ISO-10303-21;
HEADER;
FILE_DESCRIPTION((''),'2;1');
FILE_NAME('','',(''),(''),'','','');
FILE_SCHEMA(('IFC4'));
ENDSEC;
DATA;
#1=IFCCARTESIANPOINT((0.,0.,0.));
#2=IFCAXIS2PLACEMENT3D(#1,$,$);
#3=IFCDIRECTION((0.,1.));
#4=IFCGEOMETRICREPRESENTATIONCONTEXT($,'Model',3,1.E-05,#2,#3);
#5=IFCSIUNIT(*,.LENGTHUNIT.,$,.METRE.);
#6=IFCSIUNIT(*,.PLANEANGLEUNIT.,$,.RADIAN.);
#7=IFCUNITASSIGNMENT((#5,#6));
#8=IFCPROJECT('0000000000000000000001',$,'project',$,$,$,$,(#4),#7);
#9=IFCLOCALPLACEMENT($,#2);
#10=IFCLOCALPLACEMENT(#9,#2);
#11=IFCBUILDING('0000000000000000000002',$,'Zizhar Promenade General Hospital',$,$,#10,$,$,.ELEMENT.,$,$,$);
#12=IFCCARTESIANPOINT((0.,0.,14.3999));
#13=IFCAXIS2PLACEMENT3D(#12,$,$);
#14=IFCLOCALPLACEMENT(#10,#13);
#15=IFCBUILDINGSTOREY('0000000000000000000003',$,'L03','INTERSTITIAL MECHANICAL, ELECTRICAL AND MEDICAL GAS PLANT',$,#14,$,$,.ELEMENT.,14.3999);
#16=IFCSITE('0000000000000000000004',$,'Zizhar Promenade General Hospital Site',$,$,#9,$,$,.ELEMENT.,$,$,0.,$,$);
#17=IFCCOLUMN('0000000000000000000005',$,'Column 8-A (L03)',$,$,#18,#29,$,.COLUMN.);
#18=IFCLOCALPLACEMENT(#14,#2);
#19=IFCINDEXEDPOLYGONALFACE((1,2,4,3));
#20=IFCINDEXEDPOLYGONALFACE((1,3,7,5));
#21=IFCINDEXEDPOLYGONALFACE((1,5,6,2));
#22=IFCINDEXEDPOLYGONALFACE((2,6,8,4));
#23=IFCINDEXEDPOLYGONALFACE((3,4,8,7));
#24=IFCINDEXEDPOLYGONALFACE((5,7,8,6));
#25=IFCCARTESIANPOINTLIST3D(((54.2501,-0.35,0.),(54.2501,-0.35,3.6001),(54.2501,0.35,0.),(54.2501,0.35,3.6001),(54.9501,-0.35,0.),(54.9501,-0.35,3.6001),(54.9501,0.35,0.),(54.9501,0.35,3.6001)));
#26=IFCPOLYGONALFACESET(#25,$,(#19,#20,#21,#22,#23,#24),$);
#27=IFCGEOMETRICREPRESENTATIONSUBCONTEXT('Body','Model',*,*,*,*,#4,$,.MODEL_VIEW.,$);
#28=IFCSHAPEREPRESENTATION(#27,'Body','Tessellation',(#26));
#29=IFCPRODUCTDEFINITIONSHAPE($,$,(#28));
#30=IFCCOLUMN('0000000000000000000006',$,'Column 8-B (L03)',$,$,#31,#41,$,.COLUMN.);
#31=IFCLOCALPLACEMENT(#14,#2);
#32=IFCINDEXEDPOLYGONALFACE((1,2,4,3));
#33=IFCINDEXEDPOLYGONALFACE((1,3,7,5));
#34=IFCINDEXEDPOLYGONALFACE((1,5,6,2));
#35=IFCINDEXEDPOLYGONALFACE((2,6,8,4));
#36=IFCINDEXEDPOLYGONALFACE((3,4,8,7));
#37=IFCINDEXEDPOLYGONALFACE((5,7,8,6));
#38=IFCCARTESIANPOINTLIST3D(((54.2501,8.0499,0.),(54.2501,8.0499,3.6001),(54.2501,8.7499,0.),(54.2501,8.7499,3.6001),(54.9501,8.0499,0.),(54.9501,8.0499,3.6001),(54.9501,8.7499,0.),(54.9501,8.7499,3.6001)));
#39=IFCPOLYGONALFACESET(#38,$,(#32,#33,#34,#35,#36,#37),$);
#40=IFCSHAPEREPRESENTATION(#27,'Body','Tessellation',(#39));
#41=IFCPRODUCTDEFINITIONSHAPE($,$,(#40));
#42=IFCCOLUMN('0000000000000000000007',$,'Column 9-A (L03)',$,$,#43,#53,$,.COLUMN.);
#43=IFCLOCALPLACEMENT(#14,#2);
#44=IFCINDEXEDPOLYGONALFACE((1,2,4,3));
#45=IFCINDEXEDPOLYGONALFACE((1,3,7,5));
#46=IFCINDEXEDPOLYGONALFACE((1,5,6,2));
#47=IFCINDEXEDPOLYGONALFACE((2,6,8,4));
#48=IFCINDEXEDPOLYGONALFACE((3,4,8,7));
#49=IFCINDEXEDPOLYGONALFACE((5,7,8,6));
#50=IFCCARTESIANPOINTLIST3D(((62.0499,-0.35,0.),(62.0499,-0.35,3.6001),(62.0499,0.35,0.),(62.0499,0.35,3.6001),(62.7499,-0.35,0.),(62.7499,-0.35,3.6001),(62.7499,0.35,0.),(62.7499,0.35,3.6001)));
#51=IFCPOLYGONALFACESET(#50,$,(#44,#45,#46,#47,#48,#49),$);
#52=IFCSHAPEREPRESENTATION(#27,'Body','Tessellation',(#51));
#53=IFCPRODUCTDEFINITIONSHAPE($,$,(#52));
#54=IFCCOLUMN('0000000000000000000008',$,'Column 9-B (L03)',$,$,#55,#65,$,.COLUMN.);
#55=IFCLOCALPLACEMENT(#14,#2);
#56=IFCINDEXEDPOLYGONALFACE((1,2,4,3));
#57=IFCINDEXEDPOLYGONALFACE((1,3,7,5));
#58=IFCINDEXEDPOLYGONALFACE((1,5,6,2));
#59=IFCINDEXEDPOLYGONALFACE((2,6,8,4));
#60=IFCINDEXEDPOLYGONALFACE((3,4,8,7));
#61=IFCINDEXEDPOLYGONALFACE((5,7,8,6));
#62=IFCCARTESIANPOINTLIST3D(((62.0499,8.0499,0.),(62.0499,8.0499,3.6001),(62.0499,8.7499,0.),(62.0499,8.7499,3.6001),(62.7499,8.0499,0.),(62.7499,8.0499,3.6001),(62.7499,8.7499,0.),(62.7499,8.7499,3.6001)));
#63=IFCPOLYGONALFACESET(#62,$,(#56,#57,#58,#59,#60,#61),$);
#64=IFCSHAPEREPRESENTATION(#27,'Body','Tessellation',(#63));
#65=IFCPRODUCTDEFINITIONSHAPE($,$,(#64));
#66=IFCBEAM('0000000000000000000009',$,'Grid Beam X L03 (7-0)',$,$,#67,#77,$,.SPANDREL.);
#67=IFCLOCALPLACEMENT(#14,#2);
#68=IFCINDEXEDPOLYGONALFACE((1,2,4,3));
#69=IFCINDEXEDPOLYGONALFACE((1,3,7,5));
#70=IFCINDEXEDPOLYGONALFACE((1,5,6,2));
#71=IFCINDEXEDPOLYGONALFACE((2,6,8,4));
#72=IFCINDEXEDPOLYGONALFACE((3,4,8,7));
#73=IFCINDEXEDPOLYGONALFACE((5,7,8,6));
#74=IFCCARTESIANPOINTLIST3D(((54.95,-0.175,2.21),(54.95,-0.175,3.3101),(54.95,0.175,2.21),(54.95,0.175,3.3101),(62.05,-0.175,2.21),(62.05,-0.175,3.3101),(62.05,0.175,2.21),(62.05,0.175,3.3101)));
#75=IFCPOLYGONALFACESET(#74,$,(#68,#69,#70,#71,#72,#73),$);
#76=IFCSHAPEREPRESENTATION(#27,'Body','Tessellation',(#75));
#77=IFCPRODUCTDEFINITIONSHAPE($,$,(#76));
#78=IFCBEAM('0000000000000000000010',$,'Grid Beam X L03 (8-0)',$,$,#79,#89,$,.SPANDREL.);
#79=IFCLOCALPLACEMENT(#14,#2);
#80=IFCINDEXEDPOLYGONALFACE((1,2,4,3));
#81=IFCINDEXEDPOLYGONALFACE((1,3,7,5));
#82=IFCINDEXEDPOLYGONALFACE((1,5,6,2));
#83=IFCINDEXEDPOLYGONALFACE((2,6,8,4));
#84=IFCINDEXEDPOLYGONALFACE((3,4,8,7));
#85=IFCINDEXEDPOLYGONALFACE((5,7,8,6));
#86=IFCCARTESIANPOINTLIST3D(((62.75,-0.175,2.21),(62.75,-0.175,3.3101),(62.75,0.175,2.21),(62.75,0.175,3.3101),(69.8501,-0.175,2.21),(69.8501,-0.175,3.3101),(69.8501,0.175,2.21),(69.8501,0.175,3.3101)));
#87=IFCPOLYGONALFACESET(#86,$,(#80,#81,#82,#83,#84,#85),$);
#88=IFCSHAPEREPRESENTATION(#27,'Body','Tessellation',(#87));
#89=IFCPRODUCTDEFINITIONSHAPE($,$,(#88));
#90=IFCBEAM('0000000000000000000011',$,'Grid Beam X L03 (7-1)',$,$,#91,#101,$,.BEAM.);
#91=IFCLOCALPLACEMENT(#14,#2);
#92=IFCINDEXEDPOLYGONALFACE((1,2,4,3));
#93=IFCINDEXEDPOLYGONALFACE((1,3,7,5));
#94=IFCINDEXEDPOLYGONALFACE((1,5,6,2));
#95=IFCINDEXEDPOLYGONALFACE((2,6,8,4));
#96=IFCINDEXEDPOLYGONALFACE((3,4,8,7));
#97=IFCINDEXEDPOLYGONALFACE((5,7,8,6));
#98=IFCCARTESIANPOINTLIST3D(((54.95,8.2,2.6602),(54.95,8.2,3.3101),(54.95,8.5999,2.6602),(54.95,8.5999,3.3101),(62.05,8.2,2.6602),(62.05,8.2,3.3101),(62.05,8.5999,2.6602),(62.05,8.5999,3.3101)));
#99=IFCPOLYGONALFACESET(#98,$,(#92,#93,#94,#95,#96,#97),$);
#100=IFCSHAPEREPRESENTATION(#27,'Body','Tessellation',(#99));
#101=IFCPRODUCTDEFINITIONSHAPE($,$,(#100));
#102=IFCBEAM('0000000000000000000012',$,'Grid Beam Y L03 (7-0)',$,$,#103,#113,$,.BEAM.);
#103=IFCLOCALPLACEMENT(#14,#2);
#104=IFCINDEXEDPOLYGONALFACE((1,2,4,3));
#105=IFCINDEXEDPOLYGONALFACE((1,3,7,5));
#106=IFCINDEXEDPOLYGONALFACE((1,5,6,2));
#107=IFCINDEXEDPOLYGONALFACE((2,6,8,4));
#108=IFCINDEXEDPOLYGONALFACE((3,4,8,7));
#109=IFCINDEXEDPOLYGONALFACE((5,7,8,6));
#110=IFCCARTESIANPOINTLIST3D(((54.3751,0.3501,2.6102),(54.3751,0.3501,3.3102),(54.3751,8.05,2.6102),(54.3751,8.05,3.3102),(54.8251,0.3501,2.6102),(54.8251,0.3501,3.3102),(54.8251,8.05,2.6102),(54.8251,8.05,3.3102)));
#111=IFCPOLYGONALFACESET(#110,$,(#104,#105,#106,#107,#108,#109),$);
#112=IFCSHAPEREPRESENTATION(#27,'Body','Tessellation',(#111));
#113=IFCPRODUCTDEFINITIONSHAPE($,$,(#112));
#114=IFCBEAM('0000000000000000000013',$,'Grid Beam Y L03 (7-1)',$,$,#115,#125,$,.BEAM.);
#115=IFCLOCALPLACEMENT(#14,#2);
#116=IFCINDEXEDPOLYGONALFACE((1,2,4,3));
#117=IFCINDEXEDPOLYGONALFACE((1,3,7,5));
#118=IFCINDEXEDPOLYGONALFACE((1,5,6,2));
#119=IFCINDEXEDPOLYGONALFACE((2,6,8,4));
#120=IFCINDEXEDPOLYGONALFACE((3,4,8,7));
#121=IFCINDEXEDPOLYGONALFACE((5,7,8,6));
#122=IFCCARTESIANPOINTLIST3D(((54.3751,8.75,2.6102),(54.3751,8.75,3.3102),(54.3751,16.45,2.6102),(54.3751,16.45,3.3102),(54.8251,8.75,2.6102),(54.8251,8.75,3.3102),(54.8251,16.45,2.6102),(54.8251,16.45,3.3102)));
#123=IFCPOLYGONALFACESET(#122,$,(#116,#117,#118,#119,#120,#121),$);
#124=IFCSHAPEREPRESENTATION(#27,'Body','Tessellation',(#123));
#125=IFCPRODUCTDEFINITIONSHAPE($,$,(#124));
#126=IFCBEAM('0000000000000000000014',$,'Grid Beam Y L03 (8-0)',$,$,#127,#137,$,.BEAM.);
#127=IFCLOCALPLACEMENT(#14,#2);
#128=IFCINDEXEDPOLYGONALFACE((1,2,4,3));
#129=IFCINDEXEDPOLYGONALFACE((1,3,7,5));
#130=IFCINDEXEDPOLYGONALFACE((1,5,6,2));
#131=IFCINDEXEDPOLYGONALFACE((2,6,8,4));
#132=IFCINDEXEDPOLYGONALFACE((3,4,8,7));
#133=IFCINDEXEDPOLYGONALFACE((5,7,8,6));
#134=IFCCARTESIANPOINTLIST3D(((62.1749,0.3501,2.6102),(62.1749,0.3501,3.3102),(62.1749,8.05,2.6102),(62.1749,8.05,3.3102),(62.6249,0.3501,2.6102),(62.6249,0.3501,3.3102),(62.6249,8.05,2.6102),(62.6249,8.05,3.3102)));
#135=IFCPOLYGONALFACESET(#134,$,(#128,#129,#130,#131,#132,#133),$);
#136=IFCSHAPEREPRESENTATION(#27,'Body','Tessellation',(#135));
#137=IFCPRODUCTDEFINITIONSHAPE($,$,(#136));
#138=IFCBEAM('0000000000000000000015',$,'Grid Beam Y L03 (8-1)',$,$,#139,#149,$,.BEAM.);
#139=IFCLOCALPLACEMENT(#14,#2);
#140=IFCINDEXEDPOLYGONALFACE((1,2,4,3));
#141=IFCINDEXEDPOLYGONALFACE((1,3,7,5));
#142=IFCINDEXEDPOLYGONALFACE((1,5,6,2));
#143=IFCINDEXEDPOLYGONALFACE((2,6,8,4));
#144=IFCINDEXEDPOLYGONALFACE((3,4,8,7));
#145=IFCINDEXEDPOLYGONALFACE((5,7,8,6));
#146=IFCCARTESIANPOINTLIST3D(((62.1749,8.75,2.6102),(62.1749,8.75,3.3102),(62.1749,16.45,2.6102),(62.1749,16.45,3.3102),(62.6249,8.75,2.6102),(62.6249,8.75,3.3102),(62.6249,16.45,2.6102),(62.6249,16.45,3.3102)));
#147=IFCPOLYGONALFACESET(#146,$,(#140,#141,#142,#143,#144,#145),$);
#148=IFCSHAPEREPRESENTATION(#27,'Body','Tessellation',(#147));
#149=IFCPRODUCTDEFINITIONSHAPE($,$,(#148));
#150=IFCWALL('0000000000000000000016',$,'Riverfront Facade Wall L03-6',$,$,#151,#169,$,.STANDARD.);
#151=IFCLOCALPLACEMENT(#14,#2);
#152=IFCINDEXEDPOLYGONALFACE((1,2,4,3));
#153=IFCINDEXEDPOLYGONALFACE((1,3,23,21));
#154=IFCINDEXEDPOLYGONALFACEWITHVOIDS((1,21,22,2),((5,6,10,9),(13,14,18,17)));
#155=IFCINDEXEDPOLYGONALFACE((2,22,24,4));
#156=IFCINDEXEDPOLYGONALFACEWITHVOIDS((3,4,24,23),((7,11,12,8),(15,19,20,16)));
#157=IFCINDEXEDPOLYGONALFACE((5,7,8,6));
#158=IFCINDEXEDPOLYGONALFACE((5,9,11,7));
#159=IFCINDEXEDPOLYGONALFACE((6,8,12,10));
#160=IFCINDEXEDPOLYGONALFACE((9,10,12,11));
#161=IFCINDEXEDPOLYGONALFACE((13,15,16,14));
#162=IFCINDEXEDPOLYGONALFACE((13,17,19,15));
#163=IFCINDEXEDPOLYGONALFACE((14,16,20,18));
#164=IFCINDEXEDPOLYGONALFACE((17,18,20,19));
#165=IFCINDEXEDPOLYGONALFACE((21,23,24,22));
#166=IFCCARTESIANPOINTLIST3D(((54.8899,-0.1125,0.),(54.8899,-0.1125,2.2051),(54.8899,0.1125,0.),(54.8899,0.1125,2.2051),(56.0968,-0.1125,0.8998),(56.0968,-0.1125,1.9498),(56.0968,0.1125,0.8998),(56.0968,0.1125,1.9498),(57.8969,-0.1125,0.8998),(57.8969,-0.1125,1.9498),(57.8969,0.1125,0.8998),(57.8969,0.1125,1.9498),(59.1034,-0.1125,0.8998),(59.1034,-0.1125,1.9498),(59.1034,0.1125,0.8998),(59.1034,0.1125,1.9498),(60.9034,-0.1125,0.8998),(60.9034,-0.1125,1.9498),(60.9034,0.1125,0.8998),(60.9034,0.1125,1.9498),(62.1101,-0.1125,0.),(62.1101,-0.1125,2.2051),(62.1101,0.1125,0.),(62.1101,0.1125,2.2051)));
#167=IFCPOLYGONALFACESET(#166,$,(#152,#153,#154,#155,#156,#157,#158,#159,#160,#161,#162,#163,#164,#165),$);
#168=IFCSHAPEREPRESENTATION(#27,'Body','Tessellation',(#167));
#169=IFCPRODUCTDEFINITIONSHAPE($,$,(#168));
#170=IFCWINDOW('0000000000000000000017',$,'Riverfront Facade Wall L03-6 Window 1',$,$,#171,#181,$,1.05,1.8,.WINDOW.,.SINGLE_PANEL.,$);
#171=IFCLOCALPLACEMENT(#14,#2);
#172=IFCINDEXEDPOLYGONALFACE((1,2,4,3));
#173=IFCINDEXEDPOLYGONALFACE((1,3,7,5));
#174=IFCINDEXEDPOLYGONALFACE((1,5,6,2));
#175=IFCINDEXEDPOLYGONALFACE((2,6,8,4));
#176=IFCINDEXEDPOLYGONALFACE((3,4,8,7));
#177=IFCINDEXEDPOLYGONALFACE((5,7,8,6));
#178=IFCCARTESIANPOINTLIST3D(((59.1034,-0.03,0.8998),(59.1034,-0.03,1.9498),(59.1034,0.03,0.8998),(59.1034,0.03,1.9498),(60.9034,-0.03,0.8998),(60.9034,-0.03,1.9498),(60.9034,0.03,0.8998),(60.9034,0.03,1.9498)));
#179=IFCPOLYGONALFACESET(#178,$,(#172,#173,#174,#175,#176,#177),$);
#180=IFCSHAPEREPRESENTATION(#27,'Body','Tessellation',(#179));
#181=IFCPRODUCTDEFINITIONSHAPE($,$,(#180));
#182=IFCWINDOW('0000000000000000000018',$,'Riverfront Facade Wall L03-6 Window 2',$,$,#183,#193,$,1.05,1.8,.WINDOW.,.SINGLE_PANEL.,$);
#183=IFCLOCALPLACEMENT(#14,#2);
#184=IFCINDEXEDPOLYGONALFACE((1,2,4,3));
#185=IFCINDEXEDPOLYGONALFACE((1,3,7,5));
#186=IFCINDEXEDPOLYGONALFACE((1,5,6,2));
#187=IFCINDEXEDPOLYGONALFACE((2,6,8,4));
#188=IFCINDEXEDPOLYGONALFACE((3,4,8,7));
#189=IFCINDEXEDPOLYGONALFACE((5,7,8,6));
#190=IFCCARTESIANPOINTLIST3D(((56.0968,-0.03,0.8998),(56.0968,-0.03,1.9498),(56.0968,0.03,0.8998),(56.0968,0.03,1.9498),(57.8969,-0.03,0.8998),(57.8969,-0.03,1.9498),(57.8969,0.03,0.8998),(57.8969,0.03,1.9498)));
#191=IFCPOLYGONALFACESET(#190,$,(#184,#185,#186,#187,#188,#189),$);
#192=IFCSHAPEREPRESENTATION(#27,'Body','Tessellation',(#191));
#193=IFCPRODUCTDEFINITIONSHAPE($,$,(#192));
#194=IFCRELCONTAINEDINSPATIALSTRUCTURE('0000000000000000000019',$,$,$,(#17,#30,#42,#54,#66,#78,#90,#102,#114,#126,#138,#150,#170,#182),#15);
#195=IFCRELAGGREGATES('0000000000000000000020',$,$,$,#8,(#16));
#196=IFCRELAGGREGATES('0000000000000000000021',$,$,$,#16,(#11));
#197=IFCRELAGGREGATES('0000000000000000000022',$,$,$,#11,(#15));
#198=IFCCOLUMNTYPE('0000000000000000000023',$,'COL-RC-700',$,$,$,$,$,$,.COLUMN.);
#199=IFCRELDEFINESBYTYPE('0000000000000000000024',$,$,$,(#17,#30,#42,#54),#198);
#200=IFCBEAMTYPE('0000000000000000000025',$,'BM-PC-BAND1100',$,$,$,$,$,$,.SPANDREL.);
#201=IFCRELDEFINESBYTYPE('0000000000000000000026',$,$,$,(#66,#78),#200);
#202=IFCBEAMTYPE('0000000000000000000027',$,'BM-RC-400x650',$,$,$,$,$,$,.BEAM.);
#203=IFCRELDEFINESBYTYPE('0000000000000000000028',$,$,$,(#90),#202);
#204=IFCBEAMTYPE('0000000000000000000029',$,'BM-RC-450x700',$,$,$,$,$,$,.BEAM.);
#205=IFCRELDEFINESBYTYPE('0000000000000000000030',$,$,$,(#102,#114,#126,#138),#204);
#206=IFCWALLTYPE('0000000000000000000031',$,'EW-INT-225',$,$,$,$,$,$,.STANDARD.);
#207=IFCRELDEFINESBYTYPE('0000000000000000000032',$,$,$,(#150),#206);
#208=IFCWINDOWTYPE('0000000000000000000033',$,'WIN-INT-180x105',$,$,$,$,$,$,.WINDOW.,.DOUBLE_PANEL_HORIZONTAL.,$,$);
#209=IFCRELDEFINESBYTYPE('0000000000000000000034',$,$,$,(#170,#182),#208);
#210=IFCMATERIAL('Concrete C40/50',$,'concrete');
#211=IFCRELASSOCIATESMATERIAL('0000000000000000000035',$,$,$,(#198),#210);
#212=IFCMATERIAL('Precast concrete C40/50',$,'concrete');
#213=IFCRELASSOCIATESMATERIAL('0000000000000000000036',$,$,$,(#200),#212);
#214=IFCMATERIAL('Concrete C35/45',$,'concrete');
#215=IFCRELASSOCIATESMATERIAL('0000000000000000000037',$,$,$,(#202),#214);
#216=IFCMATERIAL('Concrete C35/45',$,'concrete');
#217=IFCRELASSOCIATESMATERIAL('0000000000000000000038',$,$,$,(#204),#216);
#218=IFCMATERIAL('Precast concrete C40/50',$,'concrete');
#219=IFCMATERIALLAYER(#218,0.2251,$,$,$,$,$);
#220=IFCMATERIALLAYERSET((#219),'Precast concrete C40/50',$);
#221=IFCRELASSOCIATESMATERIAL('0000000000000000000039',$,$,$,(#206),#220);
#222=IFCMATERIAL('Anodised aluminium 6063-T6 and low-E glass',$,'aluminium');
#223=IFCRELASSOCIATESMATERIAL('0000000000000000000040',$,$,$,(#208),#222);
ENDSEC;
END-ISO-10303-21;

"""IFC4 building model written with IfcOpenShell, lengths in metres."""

from ifc_helpers import new_model, si_unit, direction, frame, frame_2d, origin, origin_2d, place, context, subcontext, project, spatial, rectangle, extrude, material, layer, layer_set, material_profile, profile_set, type_object, element, fill, save


model = new_model("IFC4")

# Units and contexts
model_context = context("Model", 3, precision=1e-05, world=origin(), true_north=direction((0.0, 1.0)))
body_context = subcontext(model_context, "Body", "Model", "MODEL_VIEW")
ifc_project = project(units=[si_unit("LENGTHUNIT", "METRE"), si_unit("PLANEANGLEUNIT", "RADIAN")], contexts=[model_context])

# Site, building, storey
site_placement = place(None, origin())
site = spatial("IfcSite", under=ifc_project, at=site_placement, Name="Zizhar Promenade General Hospital Site", CompositionType="ELEMENT", RefElevation=0.0)
building_placement = place(site_placement, origin())
building = spatial("IfcBuilding", under=site, at=building_placement, Name="Zizhar Promenade General Hospital", CompositionType="ELEMENT")
storey_placement = place(building_placement, frame((0.0, 0.0, 14.3999)))
storey = spatial("IfcBuildingStorey", under=building, at=storey_placement, Name="L03", Description="INTERSTITIAL MECHANICAL, ELECTRICAL AND MEDICAL GAS PLANT", CompositionType="ELEMENT", Elevation=14.3999)

# Columns
ifc_material_1 = material(Name="Concrete C40/50", Category="concrete")
ifc_material_profile_1 = material_profile(ifc_material_1, rectangle(XDim=0.7, YDim=0.7, at=origin_2d()))
ifc_profile_set_1 = profile_set([ifc_material_profile_1], Name="Concrete C40/50")
column_type = type_object("IfcColumnType", Name="COL-RC-700", PredefinedType="COLUMN", material=ifc_profile_set_1)
for number, where, z_axis, x_axis, name in (
    (1, (54.6001, 0.0, 0.0), (0.0, 0.0, 1.0), (1.0, 0.0, 0.0), "Column 8-A (L03)"),
    (2, (54.6001, 8.3999, 0.0), (0.0, 0.0, 1.0), (1.0, 0.0, 0.0), "Column 8-B (L03)"),
    (3, (62.3999, 0.0, 0.0), (0.0, 0.0, 1.0), (1.0, 0.0, 0.0), "Column 9-A (L03)"),
    (4, (62.3999, 8.3999, 0.0), (0.0, 0.0, 1.0), (1.0, 0.0, 0.0), "Column 9-B (L03)"),
):
    element("IfcColumn", number, at=place(storey_placement, frame(where, z_axis=z_axis, x_axis=x_axis)), inside=storey, type_object=column_type, Name=name, PredefinedType="COLUMN", context=body_context, shape_type="SweptSolid", body=[
        extrude(rectangle(XDim=0.7, YDim=0.7, at=origin_2d()), origin(), (0.0, 0.0, 1.0), 3.6001),
    ])

# Beams
ifc_material_2 = material(Name="Precast concrete C40/50", Category="concrete")
ifc_material_profile_2 = material_profile(ifc_material_2, rectangle(XDim=0.3501, YDim=1.1001, at=origin_2d()))
ifc_profile_set_2 = profile_set([ifc_material_profile_2], Name="Precast concrete C40/50")
beam_type_1 = type_object("IfcBeamType", Name="BM-PC-BAND1100", PredefinedType="SPANDREL", material=ifc_profile_set_2)
for number, where, z_axis, x_axis, name in (
    (5, (54.95, 0.0, 2.76), (1.0, 0.0, 0.0), (0.0, 1.0, 0.0), "Grid Beam X L03 (7-0)"),
    (6, (62.75, 0.0, 2.76), (1.0, 0.0, 0.0), (0.0, 1.0, 0.0), "Grid Beam X L03 (8-0)"),
):
    element("IfcBeam", number, at=place(storey_placement, frame(where, z_axis=z_axis, x_axis=x_axis)), inside=storey, type_object=beam_type_1, Name=name, PredefinedType="SPANDREL", context=body_context, shape_type="SweptSolid", body=[
        extrude(rectangle(XDim=0.3501, YDim=1.1001, at=origin_2d()), origin(), (0.0, 0.0, 1.0), 7.1001),
    ])
ifc_material_3 = material(Name="Concrete C35/45", Category="concrete")
ifc_material_profile_3 = material_profile(ifc_material_3, rectangle(XDim=0.3999, YDim=0.6499, at=origin_2d()))
ifc_profile_set_3 = profile_set([ifc_material_profile_3], Name="Concrete C35/45")
beam_type_2 = type_object("IfcBeamType", Name="BM-RC-400x650", PredefinedType="BEAM", material=ifc_profile_set_3)
beam_placement = place(storey_placement, frame((54.95, 8.3999, 2.9851), z_axis=(1.0, 0.0, 0.0), x_axis=(0.0, 1.0, 0.0)))
element("IfcBeam", 7, at=beam_placement, inside=storey, type_object=beam_type_2, Name="Grid Beam X L03 (7-1)", PredefinedType="BEAM", context=body_context, shape_type="SweptSolid", body=[
    extrude(rectangle(XDim=0.3999, YDim=0.6499, at=origin_2d()), origin(), (0.0, 0.0, 1.0), 7.1001),
])
ifc_material_4 = material(Name="Concrete C35/45", Category="concrete")
ifc_material_profile_4 = material_profile(ifc_material_4, rectangle(XDim=0.45, YDim=0.7, at=origin_2d()))
ifc_profile_set_4 = profile_set([ifc_material_profile_4], Name="Concrete C35/45")
beam_type_3 = type_object("IfcBeamType", Name="BM-RC-450x700", PredefinedType="BEAM", material=ifc_profile_set_4)
for number, where, z_axis, x_axis, name in (
    (8, (54.6001, 0.3501, 2.9602), (0.0, 1.0, 0.0), (-1.0, 0.0, 0.0), "Grid Beam Y L03 (7-0)"),
    (9, (54.6001, 8.75, 2.9602), (0.0, 1.0, 0.0), (-1.0, 0.0, 0.0), "Grid Beam Y L03 (7-1)"),
    (10, (62.3999, 0.3501, 2.9602), (0.0, 1.0, 0.0), (-1.0, 0.0, 0.0), "Grid Beam Y L03 (8-0)"),
    (11, (62.3999, 8.75, 2.9602), (0.0, 1.0, 0.0), (-1.0, 0.0, 0.0), "Grid Beam Y L03 (8-1)"),
):
    element("IfcBeam", number, at=place(storey_placement, frame(where, z_axis=z_axis, x_axis=x_axis)), inside=storey, type_object=beam_type_3, Name=name, PredefinedType="BEAM", context=body_context, shape_type="SweptSolid", body=[
        extrude(rectangle(XDim=0.45, YDim=0.7, at=origin_2d()), origin(), (0.0, 0.0, 1.0), 7.7),
    ])

# Wall, openings, windows
ifc_material_5 = material(Name="Precast concrete C40/50", Category="concrete")
ifc_layer_1 = layer(ifc_material_5, 0.2251)
ifc_layer_set_1 = layer_set([ifc_layer_1], Name="Precast concrete C40/50")
wall_type_1 = type_object("IfcWallType", Name="EW-INT-225", PredefinedType="STANDARD", material=ifc_layer_set_1)
wall_1_placement = place(storey_placement, frame((62.1101, 0.0, 0.0), z_axis=(0.0, 0.0, 1.0), x_axis=(-1.0, 0.0, 0.0)))
wall_1 = element("IfcWall", 12, at=wall_1_placement, inside=storey, type_object=wall_type_1, Name="Riverfront Facade Wall L03-6", PredefinedType="STANDARD", context=body_context, shape_type="SweptSolid", body=[
    extrude(rectangle(XDim=7.2202, YDim=0.2251, at=frame_2d((3.6101, 0.0))), origin(), (0.0, 0.0, 1.0), 2.2051),
])
opening_1_placement = place(wall_1_placement, frame((1.2068, 0.0, 0.8999)))
opening_1 = element("IfcOpeningElement", 13, at=opening_1_placement, cuts=wall_1, PredefinedType="OPENING", context=body_context, shape_type="SweptSolid", body=[
    extrude(rectangle(XDim=1.8, YDim=1.05, at=frame_2d((0.8999, 0.5249))), frame((0.0, 0.1226, 0.0), z_axis=(0.0, -1.0, 0.0), x_axis=(1.0, 0.0, 0.0)), (0.0, 0.0, 1.0), 0.2451),
])
opening_2_placement = place(wall_1_placement, frame((4.2134, 0.0, 0.8999)))
opening_2 = element("IfcOpeningElement", 14, at=opening_2_placement, cuts=wall_1, PredefinedType="OPENING", context=body_context, shape_type="SweptSolid", body=[
    extrude(rectangle(XDim=1.8, YDim=1.05, at=frame_2d((0.8999, 0.5249))), frame((0.0, 0.1226, 0.0), z_axis=(0.0, -1.0, 0.0), x_axis=(1.0, 0.0, 0.0)), (0.0, 0.0, 1.0), 0.2451),
])
ifc_material_6 = material(Name="Anodised aluminium 6063-T6 and low-E glass", Category="aluminium")
window_type = type_object("IfcWindowType", Name="WIN-INT-180x105", PartitioningType="DOUBLE_PANEL_HORIZONTAL", PredefinedType="WINDOW", material=ifc_material_6)
window_1_placement = place(opening_1_placement, origin())
window_1 = element("IfcWindow", 15, at=window_1_placement, inside=storey, type_object=window_type, Name="Riverfront Facade Wall L03-6 Window 1", OverallHeight=1.05, OverallWidth=1.8, PartitioningType="SINGLE_PANEL", PredefinedType="WINDOW", context=body_context, shape_type="SweptSolid", body=[
    extrude(rectangle(XDim=1.8, YDim=1.05, at=frame_2d((0.8999, 0.5249))), frame((0.0, 0.03, 0.0), z_axis=(0.0, -1.0, 0.0), x_axis=(1.0, 0.0, 0.0)), (0.0, 0.0, 1.0), 0.0601),
])
fill(opening_1, window_1)
window_2_placement = place(opening_2_placement, origin())
window_2 = element("IfcWindow", 16, at=window_2_placement, inside=storey, type_object=window_type, Name="Riverfront Facade Wall L03-6 Window 2", OverallHeight=1.05, OverallWidth=1.8, PartitioningType="SINGLE_PANEL", PredefinedType="WINDOW", context=body_context, shape_type="SweptSolid", body=[
    extrude(rectangle(XDim=1.8, YDim=1.05, at=frame_2d((0.8999, 0.5249))), frame((0.0, 0.03, 0.0), z_axis=(0.0, -1.0, 0.0), x_axis=(1.0, 0.0, 0.0)), (0.0, 0.0, 1.0), 0.0601),
])
fill(opening_2, window_2)

save(model, "model.ifc")
